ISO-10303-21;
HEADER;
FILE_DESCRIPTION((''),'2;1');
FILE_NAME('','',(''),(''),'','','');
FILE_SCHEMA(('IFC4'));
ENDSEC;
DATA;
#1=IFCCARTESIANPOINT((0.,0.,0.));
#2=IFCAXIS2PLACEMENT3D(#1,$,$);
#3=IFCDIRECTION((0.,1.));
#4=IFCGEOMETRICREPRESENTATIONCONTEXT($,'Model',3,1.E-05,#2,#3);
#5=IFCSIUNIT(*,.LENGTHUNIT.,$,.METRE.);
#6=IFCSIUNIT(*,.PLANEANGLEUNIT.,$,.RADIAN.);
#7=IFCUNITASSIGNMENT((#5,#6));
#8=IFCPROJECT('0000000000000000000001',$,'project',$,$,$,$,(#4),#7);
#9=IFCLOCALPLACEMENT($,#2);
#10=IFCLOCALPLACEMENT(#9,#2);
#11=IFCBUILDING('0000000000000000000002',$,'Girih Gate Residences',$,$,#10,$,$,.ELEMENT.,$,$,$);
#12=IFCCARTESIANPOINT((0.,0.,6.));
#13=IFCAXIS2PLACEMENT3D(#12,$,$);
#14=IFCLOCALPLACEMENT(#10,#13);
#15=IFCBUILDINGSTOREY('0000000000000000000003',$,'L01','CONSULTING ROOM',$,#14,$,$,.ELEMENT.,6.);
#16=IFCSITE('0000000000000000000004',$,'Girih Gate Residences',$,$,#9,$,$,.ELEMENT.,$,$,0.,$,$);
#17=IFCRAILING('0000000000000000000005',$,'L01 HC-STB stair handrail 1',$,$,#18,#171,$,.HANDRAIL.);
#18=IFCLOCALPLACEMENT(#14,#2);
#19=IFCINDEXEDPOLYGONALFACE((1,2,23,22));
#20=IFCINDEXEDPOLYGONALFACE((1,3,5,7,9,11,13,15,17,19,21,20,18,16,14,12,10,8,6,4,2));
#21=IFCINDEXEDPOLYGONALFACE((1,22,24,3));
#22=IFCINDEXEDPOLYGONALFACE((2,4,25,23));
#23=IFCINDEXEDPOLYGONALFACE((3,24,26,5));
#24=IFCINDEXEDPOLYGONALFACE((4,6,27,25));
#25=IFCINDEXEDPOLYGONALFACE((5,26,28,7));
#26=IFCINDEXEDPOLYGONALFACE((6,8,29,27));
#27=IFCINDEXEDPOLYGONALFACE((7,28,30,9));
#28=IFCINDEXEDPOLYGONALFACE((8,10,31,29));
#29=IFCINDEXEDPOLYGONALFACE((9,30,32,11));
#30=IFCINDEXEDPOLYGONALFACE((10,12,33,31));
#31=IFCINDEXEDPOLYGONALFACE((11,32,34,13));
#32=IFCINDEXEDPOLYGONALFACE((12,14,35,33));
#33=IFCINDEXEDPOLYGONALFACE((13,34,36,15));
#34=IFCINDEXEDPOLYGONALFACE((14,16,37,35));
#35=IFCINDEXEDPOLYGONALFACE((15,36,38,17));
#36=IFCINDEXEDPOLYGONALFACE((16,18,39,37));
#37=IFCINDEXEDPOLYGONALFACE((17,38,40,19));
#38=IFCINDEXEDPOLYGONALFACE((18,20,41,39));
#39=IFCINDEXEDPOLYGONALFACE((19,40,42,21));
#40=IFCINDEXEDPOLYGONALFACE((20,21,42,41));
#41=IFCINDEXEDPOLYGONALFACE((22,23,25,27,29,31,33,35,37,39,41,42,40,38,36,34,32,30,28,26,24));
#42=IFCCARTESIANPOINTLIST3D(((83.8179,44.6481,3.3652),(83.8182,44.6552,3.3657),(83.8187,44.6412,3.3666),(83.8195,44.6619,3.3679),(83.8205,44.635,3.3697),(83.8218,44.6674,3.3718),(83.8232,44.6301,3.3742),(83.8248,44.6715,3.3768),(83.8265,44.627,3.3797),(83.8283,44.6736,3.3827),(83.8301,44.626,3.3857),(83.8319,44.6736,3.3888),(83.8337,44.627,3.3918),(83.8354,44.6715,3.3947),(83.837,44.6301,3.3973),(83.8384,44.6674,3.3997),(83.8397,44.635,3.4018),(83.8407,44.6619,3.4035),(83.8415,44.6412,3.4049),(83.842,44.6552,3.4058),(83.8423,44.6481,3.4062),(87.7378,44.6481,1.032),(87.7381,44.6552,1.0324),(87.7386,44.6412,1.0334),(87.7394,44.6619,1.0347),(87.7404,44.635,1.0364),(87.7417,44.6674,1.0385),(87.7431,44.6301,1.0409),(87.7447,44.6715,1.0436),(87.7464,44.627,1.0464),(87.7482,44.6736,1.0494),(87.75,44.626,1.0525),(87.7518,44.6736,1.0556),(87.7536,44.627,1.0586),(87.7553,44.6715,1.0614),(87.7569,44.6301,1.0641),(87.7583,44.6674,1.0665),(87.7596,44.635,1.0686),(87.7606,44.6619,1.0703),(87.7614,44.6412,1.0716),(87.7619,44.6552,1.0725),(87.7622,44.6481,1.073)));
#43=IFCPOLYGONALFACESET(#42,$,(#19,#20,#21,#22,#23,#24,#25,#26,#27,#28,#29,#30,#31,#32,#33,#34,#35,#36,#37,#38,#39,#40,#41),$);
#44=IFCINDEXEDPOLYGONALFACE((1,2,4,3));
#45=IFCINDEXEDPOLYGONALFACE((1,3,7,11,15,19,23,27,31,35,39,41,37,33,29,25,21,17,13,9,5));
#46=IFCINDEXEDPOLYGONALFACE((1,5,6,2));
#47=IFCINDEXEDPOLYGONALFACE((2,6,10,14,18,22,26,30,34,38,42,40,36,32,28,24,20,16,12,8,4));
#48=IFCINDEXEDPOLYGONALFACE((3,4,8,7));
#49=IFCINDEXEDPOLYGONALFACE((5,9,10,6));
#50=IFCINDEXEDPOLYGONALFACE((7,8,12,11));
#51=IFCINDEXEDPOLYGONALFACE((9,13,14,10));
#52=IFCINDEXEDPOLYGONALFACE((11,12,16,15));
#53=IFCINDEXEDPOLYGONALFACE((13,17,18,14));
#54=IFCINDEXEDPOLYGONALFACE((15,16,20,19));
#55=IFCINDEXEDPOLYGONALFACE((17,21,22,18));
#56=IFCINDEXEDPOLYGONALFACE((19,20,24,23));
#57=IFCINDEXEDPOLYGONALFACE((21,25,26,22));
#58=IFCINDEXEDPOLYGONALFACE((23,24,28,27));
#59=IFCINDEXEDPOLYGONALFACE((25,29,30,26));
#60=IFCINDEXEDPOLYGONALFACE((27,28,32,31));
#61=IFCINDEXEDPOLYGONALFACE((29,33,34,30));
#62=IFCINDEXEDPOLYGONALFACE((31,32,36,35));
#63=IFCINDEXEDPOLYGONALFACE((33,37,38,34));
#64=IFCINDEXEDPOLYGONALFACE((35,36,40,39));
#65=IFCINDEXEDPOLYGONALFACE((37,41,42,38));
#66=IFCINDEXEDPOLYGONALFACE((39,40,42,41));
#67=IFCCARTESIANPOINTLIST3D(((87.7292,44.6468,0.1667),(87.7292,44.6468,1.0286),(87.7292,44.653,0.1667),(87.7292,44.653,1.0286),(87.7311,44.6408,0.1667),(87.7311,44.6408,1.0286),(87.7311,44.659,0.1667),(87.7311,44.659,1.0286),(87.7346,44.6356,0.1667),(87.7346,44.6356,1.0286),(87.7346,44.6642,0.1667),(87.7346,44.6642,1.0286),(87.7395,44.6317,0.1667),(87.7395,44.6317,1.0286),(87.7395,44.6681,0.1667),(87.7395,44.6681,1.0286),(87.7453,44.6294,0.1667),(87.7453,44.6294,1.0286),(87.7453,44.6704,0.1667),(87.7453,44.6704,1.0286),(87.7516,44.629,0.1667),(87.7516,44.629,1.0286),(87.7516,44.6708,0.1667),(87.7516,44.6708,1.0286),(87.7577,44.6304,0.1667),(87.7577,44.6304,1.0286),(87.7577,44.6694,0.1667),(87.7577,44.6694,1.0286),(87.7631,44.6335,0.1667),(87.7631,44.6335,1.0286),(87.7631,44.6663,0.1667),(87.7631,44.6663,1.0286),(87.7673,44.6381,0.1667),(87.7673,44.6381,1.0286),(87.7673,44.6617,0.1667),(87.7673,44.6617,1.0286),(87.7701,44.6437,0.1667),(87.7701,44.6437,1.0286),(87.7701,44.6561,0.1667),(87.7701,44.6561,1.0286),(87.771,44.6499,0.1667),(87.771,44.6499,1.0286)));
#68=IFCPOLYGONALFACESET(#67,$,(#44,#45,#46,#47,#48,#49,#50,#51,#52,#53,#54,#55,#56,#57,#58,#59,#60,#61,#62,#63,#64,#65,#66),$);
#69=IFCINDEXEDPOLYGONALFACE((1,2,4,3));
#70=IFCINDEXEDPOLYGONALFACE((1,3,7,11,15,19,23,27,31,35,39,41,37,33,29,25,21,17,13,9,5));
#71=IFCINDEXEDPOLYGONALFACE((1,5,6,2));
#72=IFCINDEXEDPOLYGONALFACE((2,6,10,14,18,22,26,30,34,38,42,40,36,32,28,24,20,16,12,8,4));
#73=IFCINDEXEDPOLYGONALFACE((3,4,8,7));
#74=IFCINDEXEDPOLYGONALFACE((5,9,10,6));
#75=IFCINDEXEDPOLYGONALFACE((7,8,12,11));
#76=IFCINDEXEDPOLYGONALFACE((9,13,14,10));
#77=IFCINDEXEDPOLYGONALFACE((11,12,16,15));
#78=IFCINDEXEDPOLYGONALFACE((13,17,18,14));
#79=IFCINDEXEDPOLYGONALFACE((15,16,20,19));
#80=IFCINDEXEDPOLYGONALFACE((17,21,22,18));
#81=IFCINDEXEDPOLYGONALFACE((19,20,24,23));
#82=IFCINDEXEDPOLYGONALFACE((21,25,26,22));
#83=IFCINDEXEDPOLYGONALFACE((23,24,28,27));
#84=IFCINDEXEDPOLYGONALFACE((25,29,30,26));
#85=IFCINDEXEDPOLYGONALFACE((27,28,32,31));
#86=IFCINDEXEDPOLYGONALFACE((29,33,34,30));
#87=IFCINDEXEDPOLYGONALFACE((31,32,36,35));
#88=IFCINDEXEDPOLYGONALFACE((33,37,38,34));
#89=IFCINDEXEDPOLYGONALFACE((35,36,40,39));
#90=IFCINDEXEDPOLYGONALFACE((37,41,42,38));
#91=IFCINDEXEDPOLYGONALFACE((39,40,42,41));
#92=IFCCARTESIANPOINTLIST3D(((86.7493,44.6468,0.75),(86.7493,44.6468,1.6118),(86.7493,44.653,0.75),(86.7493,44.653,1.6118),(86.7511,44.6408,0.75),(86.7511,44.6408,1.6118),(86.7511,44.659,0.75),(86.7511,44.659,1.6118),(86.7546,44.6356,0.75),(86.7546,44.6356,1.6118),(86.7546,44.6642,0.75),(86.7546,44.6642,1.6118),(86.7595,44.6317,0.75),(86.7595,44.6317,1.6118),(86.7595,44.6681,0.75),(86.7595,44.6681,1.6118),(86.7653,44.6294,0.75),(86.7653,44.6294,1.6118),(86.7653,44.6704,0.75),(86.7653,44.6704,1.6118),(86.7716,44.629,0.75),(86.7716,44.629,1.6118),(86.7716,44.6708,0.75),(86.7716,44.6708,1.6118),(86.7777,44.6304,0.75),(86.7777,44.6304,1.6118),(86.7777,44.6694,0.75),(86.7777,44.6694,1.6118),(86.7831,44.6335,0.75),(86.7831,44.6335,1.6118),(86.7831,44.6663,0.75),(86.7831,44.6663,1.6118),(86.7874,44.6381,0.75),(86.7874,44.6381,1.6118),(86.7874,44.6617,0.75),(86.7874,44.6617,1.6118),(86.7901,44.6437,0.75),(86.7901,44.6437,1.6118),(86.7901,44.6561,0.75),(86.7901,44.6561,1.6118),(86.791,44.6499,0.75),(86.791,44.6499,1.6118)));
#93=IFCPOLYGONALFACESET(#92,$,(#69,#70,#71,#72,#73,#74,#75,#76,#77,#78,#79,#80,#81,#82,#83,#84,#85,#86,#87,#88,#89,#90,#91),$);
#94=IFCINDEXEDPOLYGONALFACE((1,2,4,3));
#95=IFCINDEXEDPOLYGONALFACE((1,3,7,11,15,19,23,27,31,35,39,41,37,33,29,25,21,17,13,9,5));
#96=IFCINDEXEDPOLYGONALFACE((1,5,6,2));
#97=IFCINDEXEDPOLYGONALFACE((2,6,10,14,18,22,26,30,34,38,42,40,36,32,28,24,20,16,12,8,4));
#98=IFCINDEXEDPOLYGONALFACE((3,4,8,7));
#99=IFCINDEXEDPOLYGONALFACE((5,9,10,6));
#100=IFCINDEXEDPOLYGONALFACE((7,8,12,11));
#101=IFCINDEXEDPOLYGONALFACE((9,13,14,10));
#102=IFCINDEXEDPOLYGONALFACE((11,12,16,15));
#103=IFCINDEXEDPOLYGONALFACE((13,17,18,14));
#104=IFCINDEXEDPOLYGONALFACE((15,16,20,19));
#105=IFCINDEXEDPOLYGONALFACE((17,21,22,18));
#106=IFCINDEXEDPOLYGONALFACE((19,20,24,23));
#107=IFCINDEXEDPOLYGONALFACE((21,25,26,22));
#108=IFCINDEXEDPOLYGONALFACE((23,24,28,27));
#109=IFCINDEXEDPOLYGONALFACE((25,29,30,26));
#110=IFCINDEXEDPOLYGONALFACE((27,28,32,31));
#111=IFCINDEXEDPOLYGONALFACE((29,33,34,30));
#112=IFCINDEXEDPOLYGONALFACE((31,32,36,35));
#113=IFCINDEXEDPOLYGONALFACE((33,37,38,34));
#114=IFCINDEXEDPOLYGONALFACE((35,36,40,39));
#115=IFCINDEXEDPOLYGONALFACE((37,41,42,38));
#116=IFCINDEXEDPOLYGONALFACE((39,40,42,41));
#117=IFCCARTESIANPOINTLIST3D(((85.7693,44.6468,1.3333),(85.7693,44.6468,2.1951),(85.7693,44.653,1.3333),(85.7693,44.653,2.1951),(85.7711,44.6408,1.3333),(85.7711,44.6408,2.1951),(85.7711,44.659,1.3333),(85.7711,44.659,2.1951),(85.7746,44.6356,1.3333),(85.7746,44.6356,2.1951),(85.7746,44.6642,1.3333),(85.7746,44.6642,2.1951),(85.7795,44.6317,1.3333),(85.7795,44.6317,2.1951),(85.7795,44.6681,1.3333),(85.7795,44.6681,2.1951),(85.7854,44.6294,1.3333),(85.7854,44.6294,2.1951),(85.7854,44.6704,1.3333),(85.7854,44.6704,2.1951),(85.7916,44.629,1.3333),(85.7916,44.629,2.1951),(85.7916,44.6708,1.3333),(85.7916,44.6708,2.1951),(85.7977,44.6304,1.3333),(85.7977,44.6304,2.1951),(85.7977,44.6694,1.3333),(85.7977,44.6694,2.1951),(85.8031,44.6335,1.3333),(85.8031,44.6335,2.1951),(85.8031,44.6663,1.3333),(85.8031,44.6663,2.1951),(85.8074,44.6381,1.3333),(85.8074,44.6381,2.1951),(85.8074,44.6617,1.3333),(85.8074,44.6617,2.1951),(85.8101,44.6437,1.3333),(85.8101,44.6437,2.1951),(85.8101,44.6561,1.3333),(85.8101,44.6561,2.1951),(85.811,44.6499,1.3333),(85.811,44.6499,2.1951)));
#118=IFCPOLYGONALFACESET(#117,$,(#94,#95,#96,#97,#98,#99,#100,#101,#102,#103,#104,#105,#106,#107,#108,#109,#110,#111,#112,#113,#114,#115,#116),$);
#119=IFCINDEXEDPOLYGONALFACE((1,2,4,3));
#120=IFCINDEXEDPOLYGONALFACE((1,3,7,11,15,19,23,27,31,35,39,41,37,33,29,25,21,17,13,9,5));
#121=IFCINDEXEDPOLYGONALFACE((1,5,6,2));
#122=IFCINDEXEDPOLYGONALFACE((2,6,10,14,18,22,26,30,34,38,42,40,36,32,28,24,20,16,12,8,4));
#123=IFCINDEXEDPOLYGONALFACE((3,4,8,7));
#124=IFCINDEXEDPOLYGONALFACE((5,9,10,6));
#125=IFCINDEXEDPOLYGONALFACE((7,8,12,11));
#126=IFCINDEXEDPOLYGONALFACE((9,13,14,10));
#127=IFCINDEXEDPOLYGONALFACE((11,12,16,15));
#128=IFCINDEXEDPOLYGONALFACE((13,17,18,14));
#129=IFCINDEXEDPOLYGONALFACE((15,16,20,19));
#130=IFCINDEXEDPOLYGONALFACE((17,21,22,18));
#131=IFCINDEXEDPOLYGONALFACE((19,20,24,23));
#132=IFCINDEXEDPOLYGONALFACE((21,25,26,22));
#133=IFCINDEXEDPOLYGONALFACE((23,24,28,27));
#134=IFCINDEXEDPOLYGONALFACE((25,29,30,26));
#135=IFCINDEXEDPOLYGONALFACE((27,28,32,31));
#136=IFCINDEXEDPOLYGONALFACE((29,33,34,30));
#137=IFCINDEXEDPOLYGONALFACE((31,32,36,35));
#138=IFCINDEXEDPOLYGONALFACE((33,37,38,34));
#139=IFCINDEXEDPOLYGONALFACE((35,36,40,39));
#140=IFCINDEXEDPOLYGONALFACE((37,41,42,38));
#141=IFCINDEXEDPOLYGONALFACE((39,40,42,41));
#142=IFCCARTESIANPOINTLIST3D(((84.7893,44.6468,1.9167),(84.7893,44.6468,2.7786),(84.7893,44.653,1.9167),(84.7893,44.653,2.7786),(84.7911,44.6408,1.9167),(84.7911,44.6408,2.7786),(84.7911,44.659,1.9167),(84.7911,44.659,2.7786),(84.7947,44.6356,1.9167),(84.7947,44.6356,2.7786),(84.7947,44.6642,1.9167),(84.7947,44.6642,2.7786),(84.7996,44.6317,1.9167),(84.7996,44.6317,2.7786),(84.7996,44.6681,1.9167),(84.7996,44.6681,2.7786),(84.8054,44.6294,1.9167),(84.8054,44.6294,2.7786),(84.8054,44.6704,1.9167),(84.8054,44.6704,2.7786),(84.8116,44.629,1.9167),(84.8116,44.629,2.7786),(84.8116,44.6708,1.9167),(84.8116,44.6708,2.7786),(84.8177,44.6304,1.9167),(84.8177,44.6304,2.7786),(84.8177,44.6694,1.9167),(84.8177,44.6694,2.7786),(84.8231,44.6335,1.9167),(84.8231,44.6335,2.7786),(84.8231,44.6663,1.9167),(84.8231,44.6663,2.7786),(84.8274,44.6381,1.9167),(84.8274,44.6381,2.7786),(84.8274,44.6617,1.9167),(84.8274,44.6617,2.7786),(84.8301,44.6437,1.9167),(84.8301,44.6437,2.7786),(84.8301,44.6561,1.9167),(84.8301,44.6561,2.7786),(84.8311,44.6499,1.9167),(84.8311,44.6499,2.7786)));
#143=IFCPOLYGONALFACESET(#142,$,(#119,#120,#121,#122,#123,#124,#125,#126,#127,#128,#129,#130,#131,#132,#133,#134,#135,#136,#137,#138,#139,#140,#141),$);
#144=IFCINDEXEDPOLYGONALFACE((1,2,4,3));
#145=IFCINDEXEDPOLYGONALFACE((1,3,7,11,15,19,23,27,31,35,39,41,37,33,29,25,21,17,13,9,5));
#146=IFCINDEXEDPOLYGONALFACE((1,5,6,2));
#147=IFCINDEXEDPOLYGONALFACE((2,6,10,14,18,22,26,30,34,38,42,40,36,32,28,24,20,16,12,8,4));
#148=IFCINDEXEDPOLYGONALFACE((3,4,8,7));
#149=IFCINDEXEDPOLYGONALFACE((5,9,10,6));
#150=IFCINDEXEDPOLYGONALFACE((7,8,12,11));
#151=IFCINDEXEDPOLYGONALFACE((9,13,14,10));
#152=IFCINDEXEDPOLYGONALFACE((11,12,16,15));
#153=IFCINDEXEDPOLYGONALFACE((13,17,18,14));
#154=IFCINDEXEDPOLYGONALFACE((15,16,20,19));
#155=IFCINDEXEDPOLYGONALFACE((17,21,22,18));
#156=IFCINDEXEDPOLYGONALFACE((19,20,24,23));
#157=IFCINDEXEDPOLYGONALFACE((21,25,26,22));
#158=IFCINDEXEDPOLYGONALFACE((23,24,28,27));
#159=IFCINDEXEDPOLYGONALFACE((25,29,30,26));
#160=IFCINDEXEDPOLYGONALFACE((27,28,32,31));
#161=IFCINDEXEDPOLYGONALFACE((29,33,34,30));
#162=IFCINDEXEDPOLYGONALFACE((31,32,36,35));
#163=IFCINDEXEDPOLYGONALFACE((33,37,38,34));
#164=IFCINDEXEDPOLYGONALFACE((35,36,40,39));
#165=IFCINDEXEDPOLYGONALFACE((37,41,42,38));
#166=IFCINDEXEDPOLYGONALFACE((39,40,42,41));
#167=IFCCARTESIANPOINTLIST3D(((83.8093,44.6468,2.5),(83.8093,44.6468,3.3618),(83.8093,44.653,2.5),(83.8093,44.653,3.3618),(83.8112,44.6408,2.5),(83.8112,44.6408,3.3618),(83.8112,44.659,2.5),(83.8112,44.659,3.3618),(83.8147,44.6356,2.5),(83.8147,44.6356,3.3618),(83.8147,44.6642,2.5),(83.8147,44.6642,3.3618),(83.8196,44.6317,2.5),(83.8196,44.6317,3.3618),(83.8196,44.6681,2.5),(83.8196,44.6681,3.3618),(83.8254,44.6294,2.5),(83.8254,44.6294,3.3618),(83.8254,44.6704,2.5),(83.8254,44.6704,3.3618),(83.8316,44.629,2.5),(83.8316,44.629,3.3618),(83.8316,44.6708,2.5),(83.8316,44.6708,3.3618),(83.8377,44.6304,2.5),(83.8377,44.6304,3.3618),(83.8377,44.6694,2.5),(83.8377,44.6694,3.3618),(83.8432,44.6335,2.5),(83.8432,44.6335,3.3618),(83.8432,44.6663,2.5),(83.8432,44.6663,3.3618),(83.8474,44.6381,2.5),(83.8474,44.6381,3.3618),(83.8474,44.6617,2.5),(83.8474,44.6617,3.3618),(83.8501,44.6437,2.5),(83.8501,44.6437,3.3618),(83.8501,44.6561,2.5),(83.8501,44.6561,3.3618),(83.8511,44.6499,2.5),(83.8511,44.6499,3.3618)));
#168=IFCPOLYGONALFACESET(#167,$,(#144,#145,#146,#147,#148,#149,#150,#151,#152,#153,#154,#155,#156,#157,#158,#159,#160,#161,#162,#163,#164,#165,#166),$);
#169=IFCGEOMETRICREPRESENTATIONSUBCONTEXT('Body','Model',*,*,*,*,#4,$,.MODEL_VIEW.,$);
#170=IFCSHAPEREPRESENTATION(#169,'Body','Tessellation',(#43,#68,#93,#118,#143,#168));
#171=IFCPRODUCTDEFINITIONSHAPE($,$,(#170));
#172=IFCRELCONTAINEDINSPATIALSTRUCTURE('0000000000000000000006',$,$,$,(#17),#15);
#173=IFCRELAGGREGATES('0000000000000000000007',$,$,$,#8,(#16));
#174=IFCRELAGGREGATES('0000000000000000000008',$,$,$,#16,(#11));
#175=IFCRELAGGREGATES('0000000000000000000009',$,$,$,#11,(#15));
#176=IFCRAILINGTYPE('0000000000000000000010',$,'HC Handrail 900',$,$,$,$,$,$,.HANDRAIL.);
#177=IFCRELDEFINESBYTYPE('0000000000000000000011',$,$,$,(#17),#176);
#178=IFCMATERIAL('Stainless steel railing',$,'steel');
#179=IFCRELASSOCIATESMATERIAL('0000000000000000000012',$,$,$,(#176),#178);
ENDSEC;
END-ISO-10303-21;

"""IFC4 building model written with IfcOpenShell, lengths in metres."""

from ifc_helpers import new_model, si_unit, direction, frame, origin, origin_2d, place, context, subcontext, project, spatial, circle, extrude, material, type_object, element, save


model = new_model("IFC4")

# Units and contexts
model_context = context("Model", 3, precision=1e-05, world=origin(), true_north=direction((0.0, 1.0)))
body_context = subcontext(model_context, "Body", "Model", "MODEL_VIEW")
ifc_project = project(units=[si_unit("LENGTHUNIT", "METRE"), si_unit("PLANEANGLEUNIT", "RADIAN")], contexts=[model_context])

# Site, building, storey
site_placement = place(None, origin())
site = spatial("IfcSite", under=ifc_project, at=site_placement, Name="Girih Gate Residences", CompositionType="ELEMENT", RefElevation=0.0)
building_placement = place(site_placement, origin())
building = spatial("IfcBuilding", under=site, at=building_placement, Name="Girih Gate Residences", CompositionType="ELEMENT")
storey_placement = place(building_placement, frame((0.0, 0.0, 6.0)))
storey = spatial("IfcBuildingStorey", under=building, at=storey_placement, Name="L01", Description="CONSULTING ROOM", CompositionType="ELEMENT", Elevation=6.0)

# Railing
ifc_material_1 = material(Name="Stainless steel railing", Category="steel")
railing_type_1 = type_object("IfcRailingType", Name="HC Handrail 900", PredefinedType="HANDRAIL", material=ifc_material_1)
railing_1_placement = place(storey_placement, frame((87.75, 44.6499, 0.1667)))
element("IfcRailing", 1, at=railing_1_placement, inside=storey, type_object=railing_type_1, Name="L01 HC-STB stair handrail 1", PredefinedType="HANDRAIL", context=body_context, shape_type="SweptSolid", body=[
    extrude(circle(Radius=0.0239, at=origin_2d()), frame((0.0, 0.0, 0.8857), z_axis=(-0.859296, 0.0, 0.511478), x_axis=(0.0, -1.0, 0.0)), (0.0, 0.0, 1.0), 4.5618),
    extrude(circle(Radius=0.021, at=origin_2d()), origin(), (0.0, 0.0, 1.0), 0.8618),
    extrude(circle(Radius=0.021, at=origin_2d()), frame((-0.98, 0.0, 0.5833)), (0.0, 0.0, 1.0), 0.8618),
    extrude(circle(Radius=0.021, at=origin_2d()), frame((-1.96, 0.0, 1.1665)), (0.0, 0.0, 1.0), 0.8618),
    extrude(circle(Radius=0.021, at=origin_2d()), frame((-2.9399, 0.0, 1.75)), (0.0, 0.0, 1.0), 0.8618),
    extrude(circle(Radius=0.021, at=origin_2d()), frame((-3.9199, 0.0, 2.3333)), (0.0, 0.0, 1.0), 0.8618),
])

save(model, "model.ifc")
